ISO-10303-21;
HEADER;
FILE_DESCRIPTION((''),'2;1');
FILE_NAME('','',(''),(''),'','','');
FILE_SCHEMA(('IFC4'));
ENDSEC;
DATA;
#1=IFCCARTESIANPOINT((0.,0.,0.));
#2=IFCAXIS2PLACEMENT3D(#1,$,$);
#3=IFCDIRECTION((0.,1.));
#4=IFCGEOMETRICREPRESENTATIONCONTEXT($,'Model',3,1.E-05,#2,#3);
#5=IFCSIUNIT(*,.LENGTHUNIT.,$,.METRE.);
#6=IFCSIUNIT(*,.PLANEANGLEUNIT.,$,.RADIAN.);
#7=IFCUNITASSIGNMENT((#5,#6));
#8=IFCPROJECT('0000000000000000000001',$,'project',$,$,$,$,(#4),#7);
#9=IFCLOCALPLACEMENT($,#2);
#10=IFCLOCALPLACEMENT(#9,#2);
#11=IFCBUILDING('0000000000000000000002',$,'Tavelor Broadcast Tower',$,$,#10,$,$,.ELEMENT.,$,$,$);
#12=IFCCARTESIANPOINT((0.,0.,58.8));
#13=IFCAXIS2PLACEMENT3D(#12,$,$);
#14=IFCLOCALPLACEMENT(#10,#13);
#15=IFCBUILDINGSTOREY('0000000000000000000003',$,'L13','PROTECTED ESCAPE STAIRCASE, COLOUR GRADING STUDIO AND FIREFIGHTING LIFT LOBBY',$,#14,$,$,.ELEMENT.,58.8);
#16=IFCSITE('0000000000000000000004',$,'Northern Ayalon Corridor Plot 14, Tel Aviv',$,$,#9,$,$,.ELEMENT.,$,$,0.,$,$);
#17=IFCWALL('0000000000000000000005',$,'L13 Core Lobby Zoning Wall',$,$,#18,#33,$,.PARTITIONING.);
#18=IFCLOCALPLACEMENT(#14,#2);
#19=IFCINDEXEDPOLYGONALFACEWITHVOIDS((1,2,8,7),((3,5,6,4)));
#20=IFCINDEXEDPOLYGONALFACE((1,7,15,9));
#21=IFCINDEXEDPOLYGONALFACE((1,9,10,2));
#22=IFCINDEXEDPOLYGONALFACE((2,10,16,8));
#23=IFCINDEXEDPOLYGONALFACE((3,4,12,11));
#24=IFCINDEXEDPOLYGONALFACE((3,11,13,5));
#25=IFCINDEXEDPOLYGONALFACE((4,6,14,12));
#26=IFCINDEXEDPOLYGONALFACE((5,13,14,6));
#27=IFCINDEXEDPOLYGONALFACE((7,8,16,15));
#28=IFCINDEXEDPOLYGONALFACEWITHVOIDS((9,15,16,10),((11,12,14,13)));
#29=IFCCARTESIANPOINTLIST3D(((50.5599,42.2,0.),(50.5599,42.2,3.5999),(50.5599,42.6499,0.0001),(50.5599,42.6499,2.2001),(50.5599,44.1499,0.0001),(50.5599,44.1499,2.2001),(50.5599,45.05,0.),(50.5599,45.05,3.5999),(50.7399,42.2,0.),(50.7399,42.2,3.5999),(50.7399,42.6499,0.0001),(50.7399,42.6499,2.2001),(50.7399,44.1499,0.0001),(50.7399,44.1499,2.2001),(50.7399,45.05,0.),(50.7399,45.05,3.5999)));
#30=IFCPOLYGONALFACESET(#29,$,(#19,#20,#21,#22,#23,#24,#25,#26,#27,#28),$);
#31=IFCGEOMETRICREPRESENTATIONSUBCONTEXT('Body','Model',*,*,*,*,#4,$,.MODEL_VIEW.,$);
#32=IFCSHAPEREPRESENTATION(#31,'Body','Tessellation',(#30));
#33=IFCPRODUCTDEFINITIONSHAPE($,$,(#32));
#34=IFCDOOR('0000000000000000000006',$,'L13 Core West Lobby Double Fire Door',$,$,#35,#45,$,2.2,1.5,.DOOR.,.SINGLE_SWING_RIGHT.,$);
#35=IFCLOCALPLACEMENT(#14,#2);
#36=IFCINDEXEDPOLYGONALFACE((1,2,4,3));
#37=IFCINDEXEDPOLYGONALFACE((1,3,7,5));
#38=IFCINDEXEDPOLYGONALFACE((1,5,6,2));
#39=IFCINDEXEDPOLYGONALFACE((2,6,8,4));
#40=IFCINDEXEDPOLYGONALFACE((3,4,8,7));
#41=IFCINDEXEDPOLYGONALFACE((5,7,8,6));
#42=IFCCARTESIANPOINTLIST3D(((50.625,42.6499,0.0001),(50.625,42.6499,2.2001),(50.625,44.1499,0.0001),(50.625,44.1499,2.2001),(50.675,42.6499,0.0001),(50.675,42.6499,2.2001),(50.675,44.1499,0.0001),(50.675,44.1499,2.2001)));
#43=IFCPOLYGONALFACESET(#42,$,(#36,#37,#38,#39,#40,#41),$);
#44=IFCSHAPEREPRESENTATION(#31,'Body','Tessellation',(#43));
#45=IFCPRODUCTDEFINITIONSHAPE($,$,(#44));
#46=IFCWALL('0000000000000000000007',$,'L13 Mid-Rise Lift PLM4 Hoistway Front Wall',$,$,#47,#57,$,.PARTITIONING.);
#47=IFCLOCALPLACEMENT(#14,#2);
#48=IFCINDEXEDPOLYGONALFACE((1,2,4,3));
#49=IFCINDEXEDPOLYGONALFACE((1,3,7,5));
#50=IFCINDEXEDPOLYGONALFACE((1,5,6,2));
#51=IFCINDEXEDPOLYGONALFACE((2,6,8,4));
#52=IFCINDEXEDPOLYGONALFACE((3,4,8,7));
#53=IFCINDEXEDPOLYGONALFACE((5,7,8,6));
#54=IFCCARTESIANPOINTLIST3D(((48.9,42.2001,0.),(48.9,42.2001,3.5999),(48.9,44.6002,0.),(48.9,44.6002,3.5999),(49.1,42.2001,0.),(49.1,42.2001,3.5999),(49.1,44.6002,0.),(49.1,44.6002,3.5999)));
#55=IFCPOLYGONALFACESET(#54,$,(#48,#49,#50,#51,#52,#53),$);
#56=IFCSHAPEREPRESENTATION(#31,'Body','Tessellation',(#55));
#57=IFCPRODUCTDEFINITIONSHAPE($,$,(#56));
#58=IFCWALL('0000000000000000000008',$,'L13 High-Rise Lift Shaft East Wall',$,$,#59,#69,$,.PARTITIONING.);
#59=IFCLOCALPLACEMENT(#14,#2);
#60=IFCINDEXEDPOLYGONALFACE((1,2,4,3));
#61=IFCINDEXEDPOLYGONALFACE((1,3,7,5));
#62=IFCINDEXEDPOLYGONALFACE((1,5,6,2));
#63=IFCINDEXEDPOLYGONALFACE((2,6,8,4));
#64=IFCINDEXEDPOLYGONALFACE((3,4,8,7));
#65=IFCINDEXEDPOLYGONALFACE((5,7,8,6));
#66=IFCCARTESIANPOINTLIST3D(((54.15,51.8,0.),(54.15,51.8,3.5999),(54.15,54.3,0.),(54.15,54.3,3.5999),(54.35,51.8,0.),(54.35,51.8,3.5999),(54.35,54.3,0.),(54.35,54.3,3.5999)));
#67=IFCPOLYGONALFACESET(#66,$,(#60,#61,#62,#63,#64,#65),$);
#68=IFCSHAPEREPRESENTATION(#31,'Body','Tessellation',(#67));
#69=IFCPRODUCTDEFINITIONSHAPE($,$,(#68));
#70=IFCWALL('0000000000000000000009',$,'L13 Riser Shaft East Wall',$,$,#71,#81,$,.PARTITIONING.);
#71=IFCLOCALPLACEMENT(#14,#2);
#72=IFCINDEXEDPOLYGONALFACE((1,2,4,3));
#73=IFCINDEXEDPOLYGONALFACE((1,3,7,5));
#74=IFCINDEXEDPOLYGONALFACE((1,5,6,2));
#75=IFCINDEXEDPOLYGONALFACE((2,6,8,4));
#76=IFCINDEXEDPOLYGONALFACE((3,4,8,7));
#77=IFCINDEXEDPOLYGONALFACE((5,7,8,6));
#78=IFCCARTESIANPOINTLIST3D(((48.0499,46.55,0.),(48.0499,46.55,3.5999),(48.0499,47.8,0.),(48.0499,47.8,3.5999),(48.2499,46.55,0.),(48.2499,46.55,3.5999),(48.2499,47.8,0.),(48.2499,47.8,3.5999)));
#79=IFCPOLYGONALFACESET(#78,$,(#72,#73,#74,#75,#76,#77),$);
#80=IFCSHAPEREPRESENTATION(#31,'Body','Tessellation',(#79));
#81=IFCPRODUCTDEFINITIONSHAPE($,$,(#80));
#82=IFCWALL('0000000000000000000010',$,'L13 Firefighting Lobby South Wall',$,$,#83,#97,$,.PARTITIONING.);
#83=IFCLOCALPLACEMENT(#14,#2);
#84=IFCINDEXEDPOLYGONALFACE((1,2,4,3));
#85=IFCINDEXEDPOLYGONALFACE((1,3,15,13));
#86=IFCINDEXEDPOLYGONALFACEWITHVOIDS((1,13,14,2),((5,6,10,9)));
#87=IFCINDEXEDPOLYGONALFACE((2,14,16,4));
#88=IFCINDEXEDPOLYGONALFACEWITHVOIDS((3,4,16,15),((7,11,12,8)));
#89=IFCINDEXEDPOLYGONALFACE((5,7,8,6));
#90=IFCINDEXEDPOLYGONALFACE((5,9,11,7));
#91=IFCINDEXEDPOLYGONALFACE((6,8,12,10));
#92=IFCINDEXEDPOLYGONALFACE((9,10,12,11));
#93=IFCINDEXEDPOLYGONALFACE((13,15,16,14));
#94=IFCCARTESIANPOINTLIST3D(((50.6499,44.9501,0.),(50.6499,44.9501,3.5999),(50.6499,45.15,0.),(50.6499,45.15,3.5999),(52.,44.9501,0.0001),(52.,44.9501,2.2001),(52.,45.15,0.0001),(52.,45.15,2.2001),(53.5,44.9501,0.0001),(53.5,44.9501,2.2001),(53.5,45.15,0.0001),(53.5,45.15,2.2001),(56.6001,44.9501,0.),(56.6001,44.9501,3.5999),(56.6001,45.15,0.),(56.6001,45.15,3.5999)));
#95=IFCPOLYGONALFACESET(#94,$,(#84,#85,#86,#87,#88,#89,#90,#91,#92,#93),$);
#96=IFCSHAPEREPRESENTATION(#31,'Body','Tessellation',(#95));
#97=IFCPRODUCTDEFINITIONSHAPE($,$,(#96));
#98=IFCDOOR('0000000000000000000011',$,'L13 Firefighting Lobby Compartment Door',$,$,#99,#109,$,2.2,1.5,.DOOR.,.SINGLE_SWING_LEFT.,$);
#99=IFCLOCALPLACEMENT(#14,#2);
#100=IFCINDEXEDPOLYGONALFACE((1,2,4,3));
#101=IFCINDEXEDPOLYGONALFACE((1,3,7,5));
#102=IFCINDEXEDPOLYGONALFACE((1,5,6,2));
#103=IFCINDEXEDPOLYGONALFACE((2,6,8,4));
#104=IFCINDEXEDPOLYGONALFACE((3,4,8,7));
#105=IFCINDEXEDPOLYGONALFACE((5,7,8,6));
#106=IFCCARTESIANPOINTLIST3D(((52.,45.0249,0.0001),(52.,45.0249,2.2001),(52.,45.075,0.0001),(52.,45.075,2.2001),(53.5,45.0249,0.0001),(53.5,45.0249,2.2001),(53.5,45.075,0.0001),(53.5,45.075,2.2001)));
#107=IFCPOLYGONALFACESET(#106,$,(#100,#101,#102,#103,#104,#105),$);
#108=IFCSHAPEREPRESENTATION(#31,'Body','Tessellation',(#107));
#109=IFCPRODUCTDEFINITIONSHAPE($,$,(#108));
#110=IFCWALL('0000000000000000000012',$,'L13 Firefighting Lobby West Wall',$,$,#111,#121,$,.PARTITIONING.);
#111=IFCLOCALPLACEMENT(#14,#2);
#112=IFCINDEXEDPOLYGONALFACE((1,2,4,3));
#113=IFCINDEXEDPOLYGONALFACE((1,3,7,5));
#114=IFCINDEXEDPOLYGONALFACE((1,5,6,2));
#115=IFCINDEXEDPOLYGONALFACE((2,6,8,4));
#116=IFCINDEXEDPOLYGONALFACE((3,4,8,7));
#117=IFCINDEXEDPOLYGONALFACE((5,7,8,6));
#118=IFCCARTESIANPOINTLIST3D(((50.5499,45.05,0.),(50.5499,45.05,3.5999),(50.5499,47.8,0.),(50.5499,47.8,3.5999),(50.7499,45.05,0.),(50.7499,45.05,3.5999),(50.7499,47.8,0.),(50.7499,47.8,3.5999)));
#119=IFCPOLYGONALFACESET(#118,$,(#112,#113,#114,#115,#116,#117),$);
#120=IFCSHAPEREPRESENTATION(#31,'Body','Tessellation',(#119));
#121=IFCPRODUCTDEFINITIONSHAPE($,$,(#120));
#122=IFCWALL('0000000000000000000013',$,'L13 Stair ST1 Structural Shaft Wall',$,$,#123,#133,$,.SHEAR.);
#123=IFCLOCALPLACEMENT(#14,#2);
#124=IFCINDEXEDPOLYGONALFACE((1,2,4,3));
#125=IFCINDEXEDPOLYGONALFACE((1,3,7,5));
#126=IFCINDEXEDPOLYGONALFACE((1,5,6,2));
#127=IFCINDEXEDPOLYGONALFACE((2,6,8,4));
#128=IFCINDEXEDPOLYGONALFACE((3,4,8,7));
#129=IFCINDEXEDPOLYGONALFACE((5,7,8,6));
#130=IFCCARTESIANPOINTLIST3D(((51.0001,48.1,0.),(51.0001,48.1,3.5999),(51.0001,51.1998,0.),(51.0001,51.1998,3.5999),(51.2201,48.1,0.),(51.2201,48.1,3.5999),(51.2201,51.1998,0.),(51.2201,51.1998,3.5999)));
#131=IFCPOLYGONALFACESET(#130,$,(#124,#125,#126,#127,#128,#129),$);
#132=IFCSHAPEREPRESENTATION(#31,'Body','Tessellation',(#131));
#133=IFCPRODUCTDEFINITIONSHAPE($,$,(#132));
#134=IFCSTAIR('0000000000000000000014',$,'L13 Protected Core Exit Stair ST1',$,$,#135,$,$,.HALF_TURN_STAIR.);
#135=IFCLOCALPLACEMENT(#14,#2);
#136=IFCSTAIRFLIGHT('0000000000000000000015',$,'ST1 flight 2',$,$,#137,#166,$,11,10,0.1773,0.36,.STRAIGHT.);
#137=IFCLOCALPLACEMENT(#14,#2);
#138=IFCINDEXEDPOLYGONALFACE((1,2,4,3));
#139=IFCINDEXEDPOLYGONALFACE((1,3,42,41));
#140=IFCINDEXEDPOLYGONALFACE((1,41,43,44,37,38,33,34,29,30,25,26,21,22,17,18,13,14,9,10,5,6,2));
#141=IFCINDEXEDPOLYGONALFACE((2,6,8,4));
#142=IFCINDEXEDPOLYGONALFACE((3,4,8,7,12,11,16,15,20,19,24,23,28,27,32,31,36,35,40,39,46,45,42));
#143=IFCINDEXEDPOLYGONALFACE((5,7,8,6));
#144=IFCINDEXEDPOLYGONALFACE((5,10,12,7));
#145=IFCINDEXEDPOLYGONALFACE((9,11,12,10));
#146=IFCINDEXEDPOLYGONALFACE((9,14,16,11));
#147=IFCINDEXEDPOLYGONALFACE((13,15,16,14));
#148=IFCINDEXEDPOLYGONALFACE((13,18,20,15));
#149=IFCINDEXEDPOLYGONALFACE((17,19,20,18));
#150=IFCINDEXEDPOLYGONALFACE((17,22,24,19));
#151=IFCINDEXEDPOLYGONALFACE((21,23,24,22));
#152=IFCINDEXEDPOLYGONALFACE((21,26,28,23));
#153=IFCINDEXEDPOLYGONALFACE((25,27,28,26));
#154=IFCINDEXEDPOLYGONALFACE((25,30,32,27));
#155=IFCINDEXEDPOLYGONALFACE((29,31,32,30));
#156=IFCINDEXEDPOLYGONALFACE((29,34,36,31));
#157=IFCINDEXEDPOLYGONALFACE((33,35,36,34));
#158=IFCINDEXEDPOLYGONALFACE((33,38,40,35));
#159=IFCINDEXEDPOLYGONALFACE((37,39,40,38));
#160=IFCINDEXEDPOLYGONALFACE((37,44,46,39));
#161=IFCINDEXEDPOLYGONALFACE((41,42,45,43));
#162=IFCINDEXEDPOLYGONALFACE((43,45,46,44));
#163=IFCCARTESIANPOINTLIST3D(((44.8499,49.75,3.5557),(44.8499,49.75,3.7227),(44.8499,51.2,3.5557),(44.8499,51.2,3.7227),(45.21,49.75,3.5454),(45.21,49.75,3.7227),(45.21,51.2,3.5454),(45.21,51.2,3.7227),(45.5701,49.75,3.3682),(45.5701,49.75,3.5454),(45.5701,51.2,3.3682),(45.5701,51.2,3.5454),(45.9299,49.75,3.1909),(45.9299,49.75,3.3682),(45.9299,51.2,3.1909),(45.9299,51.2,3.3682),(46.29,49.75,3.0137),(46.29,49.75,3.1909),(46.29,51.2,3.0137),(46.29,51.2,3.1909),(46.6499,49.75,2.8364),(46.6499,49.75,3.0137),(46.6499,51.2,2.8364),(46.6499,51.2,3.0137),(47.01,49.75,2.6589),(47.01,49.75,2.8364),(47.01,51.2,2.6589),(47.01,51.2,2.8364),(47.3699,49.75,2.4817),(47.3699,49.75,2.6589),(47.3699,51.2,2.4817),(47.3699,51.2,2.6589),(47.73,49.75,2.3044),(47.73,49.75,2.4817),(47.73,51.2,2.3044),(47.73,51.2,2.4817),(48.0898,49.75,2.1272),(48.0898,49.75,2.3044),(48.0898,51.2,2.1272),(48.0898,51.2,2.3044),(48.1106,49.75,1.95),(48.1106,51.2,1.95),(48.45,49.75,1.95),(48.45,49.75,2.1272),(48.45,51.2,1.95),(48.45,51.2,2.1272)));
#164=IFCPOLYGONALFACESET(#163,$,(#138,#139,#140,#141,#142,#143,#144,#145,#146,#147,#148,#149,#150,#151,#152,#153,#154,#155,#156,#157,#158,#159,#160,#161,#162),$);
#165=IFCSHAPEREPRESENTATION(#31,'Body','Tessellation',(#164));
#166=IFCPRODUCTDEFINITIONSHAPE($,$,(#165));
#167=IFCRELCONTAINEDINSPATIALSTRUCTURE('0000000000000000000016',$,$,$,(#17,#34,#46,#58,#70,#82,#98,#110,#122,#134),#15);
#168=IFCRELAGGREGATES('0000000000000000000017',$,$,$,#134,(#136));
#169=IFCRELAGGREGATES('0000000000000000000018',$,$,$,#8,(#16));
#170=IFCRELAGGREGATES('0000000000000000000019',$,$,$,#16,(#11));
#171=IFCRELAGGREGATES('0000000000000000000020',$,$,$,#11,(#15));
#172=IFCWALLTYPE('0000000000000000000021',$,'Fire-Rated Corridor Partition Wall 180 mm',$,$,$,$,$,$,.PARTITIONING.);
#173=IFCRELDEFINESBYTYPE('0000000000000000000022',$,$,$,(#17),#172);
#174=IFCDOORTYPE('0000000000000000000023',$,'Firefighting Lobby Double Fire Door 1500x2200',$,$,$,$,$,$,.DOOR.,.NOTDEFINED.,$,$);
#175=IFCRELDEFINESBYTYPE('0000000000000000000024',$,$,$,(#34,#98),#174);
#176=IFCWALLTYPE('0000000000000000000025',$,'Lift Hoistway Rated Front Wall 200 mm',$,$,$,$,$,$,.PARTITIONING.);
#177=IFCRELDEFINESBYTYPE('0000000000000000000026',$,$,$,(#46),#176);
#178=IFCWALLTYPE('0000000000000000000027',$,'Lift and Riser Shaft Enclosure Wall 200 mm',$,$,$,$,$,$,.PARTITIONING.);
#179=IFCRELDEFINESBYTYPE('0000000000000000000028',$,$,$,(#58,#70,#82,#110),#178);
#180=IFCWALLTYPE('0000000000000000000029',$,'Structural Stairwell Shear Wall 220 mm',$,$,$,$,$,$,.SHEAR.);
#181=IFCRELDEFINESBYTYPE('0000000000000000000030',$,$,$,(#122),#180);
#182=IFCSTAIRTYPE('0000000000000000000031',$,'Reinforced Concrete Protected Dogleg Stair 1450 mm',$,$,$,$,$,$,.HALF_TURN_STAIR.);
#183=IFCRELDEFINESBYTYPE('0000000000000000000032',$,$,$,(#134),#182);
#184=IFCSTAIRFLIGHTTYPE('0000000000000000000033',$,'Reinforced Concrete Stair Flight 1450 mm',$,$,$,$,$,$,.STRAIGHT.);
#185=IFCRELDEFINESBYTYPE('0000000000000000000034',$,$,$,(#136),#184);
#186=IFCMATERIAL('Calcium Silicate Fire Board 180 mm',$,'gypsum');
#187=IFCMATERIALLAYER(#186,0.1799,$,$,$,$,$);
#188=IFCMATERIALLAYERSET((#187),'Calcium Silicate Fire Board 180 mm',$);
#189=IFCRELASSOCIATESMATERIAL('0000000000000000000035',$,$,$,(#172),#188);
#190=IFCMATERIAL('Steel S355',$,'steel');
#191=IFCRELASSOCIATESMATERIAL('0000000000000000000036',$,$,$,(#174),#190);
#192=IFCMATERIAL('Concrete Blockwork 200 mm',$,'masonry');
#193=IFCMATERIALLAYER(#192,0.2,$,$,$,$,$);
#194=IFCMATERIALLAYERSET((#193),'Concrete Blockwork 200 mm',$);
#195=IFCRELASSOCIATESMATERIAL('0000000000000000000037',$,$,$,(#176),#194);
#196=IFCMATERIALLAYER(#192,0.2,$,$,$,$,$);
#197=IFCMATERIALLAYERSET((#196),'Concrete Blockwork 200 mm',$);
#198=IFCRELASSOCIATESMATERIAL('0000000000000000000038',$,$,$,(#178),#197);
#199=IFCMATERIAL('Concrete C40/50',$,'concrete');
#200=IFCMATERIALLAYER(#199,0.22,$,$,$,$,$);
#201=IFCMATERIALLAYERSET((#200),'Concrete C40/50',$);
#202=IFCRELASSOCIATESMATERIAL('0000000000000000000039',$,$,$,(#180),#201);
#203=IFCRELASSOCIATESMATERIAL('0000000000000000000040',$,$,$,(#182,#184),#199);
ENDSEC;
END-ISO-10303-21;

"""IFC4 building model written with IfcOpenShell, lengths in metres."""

from ifc_helpers import new_model, si_unit, direction, frame, frame_2d, origin, place, context, subcontext, project, spatial, polyline, rectangle, outline, extrude, material, layer, layer_set, type_object, element, fill, aggregate, save


model = new_model("IFC4")

# Units and contexts
model_context = context("Model", 3, precision=1e-05, world=origin(), true_north=direction((0.0, 1.0)))
body_context = subcontext(model_context, "Body", "Model", "MODEL_VIEW")
ifc_project = project(units=[si_unit("LENGTHUNIT", "METRE"), si_unit("PLANEANGLEUNIT", "RADIAN")], contexts=[model_context])

# Site, building, storey
site_placement = place(None, origin())
site = spatial("IfcSite", under=ifc_project, at=site_placement, Name="Northern Ayalon Corridor Plot 14, Tel Aviv", CompositionType="ELEMENT", RefElevation=0.0)
building_placement = place(site_placement, origin())
building = spatial("IfcBuilding", under=site, at=building_placement, Name="Tavelor Broadcast Tower", CompositionType="ELEMENT")
storey_placement = place(building_placement, frame((0.0, 0.0, 58.8)))
storey = spatial("IfcBuildingStorey", under=building, at=storey_placement, Name="L13", Description="PROTECTED ESCAPE STAIRCASE, COLOUR GRADING STUDIO AND FIREFIGHTING LIFT LOBBY", CompositionType="ELEMENT", Elevation=58.8)

# Shared definitions
ifc_material_1 = material(Name="Concrete C40/50", Category="concrete")
ifc_material_2 = material(Name="Steel S355", Category="steel")

# Wall, opening, door
ifc_material_3 = material(Name="Calcium Silicate Fire Board 180 mm", Category="gypsum")
ifc_layer_1 = layer(ifc_material_3, 0.1799)
ifc_layer_set_1 = layer_set([ifc_layer_1], Name="Calcium Silicate Fire Board 180 mm")
wall_type_1 = type_object("IfcWallType", Name="Fire-Rated Corridor Partition Wall 180 mm", PredefinedType="PARTITIONING", material=ifc_layer_set_1)
wall_1_placement = place(storey_placement, frame((50.6499, 42.2, 0.0), z_axis=(0.0, 0.0, 1.0), x_axis=(0.0, 1.0, 0.0)))
wall_1 = element("IfcWall", 1, at=wall_1_placement, inside=storey, type_object=wall_type_1, Name="L13 Core Lobby Zoning Wall", PredefinedType="PARTITIONING", context=body_context, shape_type="SweptSolid", body=[
    extrude(rectangle(XDim=2.8501, YDim=0.1799, at=frame_2d((1.425, 0.0))), origin(), (0.0, 0.0, 1.0), 3.5999),
])
opening_1_placement = place(wall_1_placement, frame((0.45, 0.0, 0.0)))
opening_1 = element("IfcOpeningElement", 2, at=opening_1_placement, cuts=wall_1, PredefinedType="OPENING", context=body_context, shape_type="SweptSolid", body=[
    extrude(rectangle(XDim=1.5, YDim=2.2, at=frame_2d((0.75, 1.1001))), frame((0.0, 0.1001, 0.0), z_axis=(0.0, -1.0, 0.0), x_axis=(1.0, 0.0, 0.0)), (0.0, 0.0, 1.0), 0.2),
])
door_type = type_object("IfcDoorType", Name="Firefighting Lobby Double Fire Door 1500x2200", OperationType="NOTDEFINED", PredefinedType="DOOR", material=ifc_material_2)
door_1_placement = place(opening_1_placement, origin())
door_1 = element("IfcDoor", 3, at=door_1_placement, inside=storey, type_object=door_type, Name="L13 Core West Lobby Double Fire Door", OperationType="SINGLE_SWING_RIGHT", OverallHeight=2.2, OverallWidth=1.5, PredefinedType="DOOR", context=body_context, shape_type="SweptSolid", body=[
    extrude(rectangle(XDim=1.5, YDim=2.2, at=frame_2d((0.75, 1.1001))), frame((0.0, 0.0249, 0.0), z_axis=(0.0, -1.0, 0.0), x_axis=(1.0, 0.0, 0.0)), (0.0, 0.0, 1.0), 0.05),
])
fill(opening_1, door_1)

# Walls
ifc_material_4 = material(Name="Concrete Blockwork 200 mm", Category="masonry")
ifc_layer_2 = layer(ifc_material_4, 0.2)
ifc_layer_set_2 = layer_set([ifc_layer_2], Name="Concrete Blockwork 200 mm")
wall_type_2 = type_object("IfcWallType", Name="Lift Hoistway Rated Front Wall 200 mm", PredefinedType="PARTITIONING", material=ifc_layer_set_2)
wall_2_placement = place(storey_placement, frame((49.0, 42.2, 0.0), z_axis=(0.0, 0.0, 1.0), x_axis=(0.0, 1.0, 0.0)))
element("IfcWall", 4, at=wall_2_placement, inside=storey, type_object=wall_type_2, Name="L13 Mid-Rise Lift PLM4 Hoistway Front Wall", PredefinedType="PARTITIONING", context=body_context, shape_type="SweptSolid", body=[
    extrude(rectangle(XDim=2.4001, YDim=0.2, at=frame_2d((1.2002, 0.0))), origin(), (0.0, 0.0, 1.0), 3.5999),
])
ifc_layer_3 = layer(ifc_material_4, 0.2)
ifc_layer_set_3 = layer_set([ifc_layer_3], Name="Concrete Blockwork 200 mm")
wall_type_3 = type_object("IfcWallType", Name="Lift and Riser Shaft Enclosure Wall 200 mm", PredefinedType="PARTITIONING", material=ifc_layer_set_3)
wall_3_placement = place(storey_placement, frame((54.25, 51.8, 0.0), z_axis=(0.0, 0.0, 1.0), x_axis=(0.0, 1.0, 0.0)))
element("IfcWall", 5, at=wall_3_placement, inside=storey, type_object=wall_type_3, Name="L13 High-Rise Lift Shaft East Wall", PredefinedType="PARTITIONING", context=body_context, shape_type="SweptSolid", body=[
    extrude(rectangle(XDim=2.5, YDim=0.2, at=frame_2d((1.25, 0.0))), origin(), (0.0, 0.0, 1.0), 3.5999),
])
wall_4_placement = place(storey_placement, frame((48.1499, 46.55, 0.0), z_axis=(0.0, 0.0, 1.0), x_axis=(0.0, 1.0, 0.0)))
element("IfcWall", 6, at=wall_4_placement, inside=storey, type_object=wall_type_3, Name="L13 Riser Shaft East Wall", PredefinedType="PARTITIONING", context=body_context, shape_type="SweptSolid", body=[
    extrude(rectangle(XDim=1.25, YDim=0.2, at=frame_2d((0.625, 0.0))), origin(), (0.0, 0.0, 1.0), 3.5999),
])

# Wall, opening, door
wall_5_placement = place(storey_placement, frame((50.6499, 45.05, 0.0), z_axis=(0.0, 0.0, 1.0), x_axis=(1.0, 0.0, 0.0)))
wall_5 = element("IfcWall", 7, at=wall_5_placement, inside=storey, type_object=wall_type_3, Name="L13 Firefighting Lobby South Wall", PredefinedType="PARTITIONING", context=body_context, shape_type="SweptSolid", body=[
    extrude(rectangle(XDim=5.9502, YDim=0.2, at=frame_2d((2.9751, 0.0))), origin(), (0.0, 0.0, 1.0), 3.5999),
])
opening_2_placement = place(wall_5_placement, frame((1.3501, 0.0, 0.0)))
opening_2 = element("IfcOpeningElement", 8, at=opening_2_placement, cuts=wall_5, PredefinedType="OPENING", context=body_context, shape_type="SweptSolid", body=[
    extrude(rectangle(XDim=1.5, YDim=2.2, at=frame_2d((0.75, 1.1001))), frame((0.0, 0.1099, 0.0), z_axis=(0.0, -1.0, 0.0), x_axis=(1.0, 0.0, 0.0)), (0.0, 0.0, 1.0), 0.22),
])
door_2_placement = place(opening_2_placement, origin())
door_2 = element("IfcDoor", 9, at=door_2_placement, inside=storey, type_object=door_type, Name="L13 Firefighting Lobby Compartment Door", OperationType="SINGLE_SWING_LEFT", OverallHeight=2.2, OverallWidth=1.5, PredefinedType="DOOR", context=body_context, shape_type="SweptSolid", body=[
    extrude(rectangle(XDim=1.5, YDim=2.2, at=frame_2d((0.75, 1.1001))), frame((0.0, 0.0249, 0.0), z_axis=(0.0, -1.0, 0.0), x_axis=(1.0, 0.0, 0.0)), (0.0, 0.0, 1.0), 0.05),
])
fill(opening_2, door_2)

# Walls
wall_6_placement = place(storey_placement, frame((50.6499, 45.05, 0.0), z_axis=(0.0, 0.0, 1.0), x_axis=(0.0, 1.0, 0.0)))
element("IfcWall", 10, at=wall_6_placement, inside=storey, type_object=wall_type_3, Name="L13 Firefighting Lobby West Wall", PredefinedType="PARTITIONING", context=body_context, shape_type="SweptSolid", body=[
    extrude(rectangle(XDim=2.75, YDim=0.2, at=frame_2d((1.375, 0.0))), origin(), (0.0, 0.0, 1.0), 3.5999),
])
ifc_layer_4 = layer(ifc_material_1, 0.22)
ifc_layer_set_4 = layer_set([ifc_layer_4], Name="Concrete C40/50")
wall_type_4 = type_object("IfcWallType", Name="Structural Stairwell Shear Wall 220 mm", PredefinedType="SHEAR", material=ifc_layer_set_4)
wall_7_placement = place(storey_placement, frame((51.1101, 48.1001, 0.0), z_axis=(0.0, 0.0, 1.0), x_axis=(0.0, 1.0, 0.0)))
element("IfcWall", 11, at=wall_7_placement, inside=storey, type_object=wall_type_4, Name="L13 Stair ST1 Structural Shaft Wall", PredefinedType="SHEAR", context=body_context, shape_type="SweptSolid", body=[
    extrude(rectangle(XDim=3.0999, YDim=0.22, at=frame_2d((1.5498, 0.0))), origin(), (0.0, 0.0, 1.0), 3.5999),
])

# Stair, stair flight
stair_type = type_object("IfcStairType", Name="Reinforced Concrete Protected Dogleg Stair 1450 mm", PredefinedType="HALF_TURN_STAIR", material=ifc_material_1)
stair_1_placement = place(storey_placement, origin())
stair_1 = element("IfcStair", 12, at=stair_1_placement, inside=storey, type_object=stair_type, Name="L13 Protected Core Exit Stair ST1", PredefinedType="HALF_TURN_STAIR")
stair_flight_type = type_object("IfcStairFlightType", Name="Reinforced Concrete Stair Flight 1450 mm", PredefinedType="STRAIGHT", material=ifc_material_1)
stair_flight_1_placement = place(storey_placement, frame((48.45, 50.4751, 1.95), z_axis=(0.0, 0.0, 1.0), x_axis=(-1.0, 0.0, 0.0)))
stair_flight_1 = element("IfcStairFlight", 13, at=stair_flight_1_placement, type_object=stair_flight_type, Name="ST1 flight 2", NumberOfRisers=11, NumberOfTreads=10, PredefinedType="STRAIGHT", RiserHeight=0.1773, TreadLength=0.36, context=body_context, shape_type="SweptSolid", body=[
    extrude(outline(polyline([(0.0, 0.0), (0.0, 0.1772), (0.3601, 0.1772), (0.3601, 0.3545), (0.72, 0.3545), (0.72, 0.5317), (1.0801, 0.5317), (1.0801, 0.709), (1.4399, 0.709), (1.4399, 0.8865), (1.8, 0.8865), (1.8, 1.0637), (2.1599, 1.0637), (2.1599, 1.241), (2.52, 1.241), (2.52, 1.4182), (2.8799, 1.4182), (2.8799, 1.5955), (3.24, 1.5955), (3.24, 1.7727), (3.6001, 1.7727), (3.6001, 1.95), (3.6001, 1.6057), (0.3394, 0.0), (0.0, 0.0)])), frame((0.0, 0.7251, 0.0), z_axis=(0.0, -1.0, 0.0), x_axis=(1.0, 0.0, 0.0)), (0.0, 0.0, 1.0), 1.45),
])
aggregate(stair_1, [stair_flight_1])

save(model, "model.ifc")
